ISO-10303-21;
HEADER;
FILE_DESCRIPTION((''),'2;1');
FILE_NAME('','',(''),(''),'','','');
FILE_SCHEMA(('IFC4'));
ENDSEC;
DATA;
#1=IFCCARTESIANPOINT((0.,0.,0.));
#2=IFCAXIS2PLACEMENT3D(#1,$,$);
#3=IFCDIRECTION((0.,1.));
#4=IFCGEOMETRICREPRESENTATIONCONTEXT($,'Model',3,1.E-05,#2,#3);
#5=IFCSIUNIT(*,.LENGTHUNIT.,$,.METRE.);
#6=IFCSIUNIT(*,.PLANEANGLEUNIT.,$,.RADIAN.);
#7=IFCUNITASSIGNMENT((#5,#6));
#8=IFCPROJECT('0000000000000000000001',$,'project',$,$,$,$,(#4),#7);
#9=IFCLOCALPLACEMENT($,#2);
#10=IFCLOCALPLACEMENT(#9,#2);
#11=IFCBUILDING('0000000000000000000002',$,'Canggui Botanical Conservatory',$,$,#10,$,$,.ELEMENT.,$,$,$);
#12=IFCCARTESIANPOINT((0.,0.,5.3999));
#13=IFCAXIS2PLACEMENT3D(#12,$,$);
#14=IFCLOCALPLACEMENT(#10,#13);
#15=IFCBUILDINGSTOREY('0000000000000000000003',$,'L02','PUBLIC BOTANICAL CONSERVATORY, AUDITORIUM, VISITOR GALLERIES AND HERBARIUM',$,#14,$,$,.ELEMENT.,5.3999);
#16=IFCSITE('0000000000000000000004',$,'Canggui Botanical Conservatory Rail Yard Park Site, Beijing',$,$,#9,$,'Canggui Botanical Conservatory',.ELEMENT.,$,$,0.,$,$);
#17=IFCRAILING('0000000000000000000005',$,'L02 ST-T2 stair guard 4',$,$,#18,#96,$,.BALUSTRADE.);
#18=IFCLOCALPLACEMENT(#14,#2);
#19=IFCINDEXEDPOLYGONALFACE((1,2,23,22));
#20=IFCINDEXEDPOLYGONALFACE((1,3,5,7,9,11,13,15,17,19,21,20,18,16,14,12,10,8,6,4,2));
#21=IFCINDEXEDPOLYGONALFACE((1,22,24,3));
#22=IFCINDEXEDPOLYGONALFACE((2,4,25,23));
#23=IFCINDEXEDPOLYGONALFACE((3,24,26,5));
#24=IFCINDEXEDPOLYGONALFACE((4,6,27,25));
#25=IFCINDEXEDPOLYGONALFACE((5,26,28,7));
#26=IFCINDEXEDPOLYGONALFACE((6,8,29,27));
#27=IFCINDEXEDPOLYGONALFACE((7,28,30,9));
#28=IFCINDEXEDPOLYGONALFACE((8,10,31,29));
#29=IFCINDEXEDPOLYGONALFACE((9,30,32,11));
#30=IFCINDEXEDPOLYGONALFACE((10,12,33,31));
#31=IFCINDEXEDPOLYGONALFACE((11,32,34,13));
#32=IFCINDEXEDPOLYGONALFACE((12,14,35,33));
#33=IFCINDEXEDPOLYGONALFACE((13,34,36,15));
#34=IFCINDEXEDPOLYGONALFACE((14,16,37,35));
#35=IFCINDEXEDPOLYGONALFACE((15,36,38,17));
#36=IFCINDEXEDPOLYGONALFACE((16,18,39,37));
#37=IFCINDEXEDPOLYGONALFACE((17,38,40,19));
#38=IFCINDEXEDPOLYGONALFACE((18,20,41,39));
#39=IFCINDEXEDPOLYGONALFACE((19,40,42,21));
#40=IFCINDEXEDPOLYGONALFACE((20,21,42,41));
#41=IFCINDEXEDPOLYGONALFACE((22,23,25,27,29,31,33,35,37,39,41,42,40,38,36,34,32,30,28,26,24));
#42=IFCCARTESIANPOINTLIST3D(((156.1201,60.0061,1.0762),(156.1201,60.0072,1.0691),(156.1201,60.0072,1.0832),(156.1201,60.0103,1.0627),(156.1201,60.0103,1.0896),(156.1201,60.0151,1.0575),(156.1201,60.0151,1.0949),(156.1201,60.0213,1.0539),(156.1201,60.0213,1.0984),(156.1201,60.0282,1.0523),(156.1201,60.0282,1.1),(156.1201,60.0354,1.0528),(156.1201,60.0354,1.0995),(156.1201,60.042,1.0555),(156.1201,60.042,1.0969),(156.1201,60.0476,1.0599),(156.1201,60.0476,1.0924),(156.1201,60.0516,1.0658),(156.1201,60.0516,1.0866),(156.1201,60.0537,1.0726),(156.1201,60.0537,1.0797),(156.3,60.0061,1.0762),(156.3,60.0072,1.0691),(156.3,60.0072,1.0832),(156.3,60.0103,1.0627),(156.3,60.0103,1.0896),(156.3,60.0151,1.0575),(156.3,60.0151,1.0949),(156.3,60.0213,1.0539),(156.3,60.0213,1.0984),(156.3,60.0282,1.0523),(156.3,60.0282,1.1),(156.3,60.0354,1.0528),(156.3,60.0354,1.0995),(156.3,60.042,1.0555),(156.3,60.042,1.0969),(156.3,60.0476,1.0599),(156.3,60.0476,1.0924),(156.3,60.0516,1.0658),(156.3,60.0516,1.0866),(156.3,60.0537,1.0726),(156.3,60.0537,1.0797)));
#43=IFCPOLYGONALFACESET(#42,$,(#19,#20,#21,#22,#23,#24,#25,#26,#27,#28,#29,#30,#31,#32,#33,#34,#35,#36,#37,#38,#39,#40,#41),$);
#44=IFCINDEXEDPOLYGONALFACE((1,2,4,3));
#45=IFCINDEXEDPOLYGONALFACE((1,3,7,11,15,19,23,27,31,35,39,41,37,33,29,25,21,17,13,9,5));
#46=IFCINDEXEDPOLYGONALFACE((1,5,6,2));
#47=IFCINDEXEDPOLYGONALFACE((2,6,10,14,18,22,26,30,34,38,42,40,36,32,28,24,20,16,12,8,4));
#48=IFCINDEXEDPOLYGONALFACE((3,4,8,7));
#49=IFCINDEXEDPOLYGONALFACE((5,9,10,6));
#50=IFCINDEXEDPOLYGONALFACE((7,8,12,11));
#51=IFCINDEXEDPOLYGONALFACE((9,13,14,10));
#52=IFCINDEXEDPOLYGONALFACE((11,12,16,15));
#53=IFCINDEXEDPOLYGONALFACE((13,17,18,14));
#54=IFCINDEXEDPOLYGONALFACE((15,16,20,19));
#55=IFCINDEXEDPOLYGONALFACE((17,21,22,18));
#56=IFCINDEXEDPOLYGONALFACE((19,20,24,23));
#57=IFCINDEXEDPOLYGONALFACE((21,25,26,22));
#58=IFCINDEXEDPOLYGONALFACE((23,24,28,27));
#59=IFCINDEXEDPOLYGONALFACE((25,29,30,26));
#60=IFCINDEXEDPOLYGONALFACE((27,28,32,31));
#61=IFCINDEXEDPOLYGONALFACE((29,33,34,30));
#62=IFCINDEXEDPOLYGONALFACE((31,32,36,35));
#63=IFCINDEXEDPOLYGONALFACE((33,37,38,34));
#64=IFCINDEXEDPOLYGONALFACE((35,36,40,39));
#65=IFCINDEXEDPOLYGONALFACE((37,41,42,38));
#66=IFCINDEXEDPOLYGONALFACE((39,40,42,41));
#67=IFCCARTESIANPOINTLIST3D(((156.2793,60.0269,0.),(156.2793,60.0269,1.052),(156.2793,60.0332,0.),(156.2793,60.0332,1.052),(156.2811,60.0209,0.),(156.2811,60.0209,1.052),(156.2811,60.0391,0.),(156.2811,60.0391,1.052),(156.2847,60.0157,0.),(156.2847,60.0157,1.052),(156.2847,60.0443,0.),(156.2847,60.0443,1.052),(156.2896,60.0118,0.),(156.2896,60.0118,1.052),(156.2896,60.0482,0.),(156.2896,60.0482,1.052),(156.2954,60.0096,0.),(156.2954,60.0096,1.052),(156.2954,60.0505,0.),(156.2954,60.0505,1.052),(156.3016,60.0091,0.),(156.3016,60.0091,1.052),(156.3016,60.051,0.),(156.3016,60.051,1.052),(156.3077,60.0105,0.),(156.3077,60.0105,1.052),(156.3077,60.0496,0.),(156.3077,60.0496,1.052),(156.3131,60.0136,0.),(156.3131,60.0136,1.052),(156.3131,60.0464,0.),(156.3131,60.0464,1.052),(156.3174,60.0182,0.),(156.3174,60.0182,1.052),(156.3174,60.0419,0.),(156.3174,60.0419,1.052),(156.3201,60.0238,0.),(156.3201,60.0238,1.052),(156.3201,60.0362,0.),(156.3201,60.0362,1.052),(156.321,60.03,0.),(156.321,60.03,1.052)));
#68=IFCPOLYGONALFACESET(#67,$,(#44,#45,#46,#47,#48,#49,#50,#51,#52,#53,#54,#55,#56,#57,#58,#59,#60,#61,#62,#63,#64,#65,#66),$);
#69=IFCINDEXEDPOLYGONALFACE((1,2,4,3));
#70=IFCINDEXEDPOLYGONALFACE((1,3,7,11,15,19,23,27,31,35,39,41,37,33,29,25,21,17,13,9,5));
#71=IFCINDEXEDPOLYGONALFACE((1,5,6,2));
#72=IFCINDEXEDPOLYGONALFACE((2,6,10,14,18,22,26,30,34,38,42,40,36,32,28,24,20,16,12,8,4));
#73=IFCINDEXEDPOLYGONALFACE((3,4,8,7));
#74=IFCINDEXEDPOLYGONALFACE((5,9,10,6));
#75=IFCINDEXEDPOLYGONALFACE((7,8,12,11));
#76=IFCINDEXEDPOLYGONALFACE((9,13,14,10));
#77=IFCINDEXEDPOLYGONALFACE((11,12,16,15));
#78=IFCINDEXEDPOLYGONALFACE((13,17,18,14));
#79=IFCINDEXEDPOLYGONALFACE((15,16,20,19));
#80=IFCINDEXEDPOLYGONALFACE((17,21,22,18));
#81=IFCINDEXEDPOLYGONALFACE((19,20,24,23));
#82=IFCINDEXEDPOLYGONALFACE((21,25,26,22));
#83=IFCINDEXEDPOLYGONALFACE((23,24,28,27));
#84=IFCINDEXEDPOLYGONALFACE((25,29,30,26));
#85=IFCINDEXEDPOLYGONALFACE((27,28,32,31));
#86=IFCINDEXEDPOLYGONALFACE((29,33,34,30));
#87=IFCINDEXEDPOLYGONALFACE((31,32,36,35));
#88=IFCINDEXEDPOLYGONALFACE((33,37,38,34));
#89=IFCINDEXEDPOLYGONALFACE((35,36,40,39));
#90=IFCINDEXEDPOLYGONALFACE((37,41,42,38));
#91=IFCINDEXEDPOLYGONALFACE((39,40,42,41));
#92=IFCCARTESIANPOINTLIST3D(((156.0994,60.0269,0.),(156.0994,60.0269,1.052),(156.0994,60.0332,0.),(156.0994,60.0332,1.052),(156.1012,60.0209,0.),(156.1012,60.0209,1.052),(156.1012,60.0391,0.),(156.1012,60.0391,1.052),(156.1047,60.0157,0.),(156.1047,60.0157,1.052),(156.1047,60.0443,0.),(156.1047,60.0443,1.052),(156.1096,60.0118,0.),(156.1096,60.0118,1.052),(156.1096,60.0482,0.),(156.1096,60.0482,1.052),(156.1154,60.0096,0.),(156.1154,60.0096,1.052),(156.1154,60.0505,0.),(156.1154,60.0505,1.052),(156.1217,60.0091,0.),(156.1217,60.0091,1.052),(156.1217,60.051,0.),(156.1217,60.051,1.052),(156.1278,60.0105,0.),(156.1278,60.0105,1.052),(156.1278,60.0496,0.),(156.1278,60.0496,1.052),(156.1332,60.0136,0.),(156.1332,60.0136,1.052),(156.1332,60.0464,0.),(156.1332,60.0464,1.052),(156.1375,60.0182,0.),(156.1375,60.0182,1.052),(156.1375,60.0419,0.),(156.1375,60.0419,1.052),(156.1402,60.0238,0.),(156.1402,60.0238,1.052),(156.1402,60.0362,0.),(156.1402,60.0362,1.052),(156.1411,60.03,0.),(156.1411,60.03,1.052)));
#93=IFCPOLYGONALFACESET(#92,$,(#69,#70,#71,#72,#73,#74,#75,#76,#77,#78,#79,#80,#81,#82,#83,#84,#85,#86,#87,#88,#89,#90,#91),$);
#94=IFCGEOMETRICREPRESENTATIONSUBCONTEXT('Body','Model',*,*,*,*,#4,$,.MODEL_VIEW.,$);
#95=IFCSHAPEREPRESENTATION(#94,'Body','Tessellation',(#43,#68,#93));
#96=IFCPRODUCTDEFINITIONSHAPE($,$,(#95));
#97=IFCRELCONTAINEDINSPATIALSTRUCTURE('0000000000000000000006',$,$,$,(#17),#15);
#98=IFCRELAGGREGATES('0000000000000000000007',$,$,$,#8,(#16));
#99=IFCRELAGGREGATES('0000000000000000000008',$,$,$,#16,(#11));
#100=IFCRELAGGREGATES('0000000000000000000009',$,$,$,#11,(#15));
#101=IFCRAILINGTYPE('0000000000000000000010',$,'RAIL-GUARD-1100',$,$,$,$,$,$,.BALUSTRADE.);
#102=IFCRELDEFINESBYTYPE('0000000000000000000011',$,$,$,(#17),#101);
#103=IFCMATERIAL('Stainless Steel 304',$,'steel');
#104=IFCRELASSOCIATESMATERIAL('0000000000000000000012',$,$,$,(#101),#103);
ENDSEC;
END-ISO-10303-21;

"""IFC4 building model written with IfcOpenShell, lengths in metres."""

from ifc_helpers import new_model, si_unit, direction, frame, origin, origin_2d, place, context, subcontext, project, spatial, circle, extrude, material, type_object, element, save


model = new_model("IFC4")

# Units and contexts
model_context = context("Model", 3, precision=1e-05, world=origin(), true_north=direction((0.0, 1.0)))
body_context = subcontext(model_context, "Body", "Model", "MODEL_VIEW")
ifc_project = project(units=[si_unit("LENGTHUNIT", "METRE"), si_unit("PLANEANGLEUNIT", "RADIAN")], contexts=[model_context])

# Site, building, storey
site_placement = place(None, origin())
site = spatial("IfcSite", under=ifc_project, at=site_placement, Name="Canggui Botanical Conservatory Rail Yard Park Site, Beijing", LongName="Canggui Botanical Conservatory", CompositionType="ELEMENT", RefElevation=0.0)
building_placement = place(site_placement, origin())
building = spatial("IfcBuilding", under=site, at=building_placement, Name="Canggui Botanical Conservatory", CompositionType="ELEMENT")
storey_placement = place(building_placement, frame((0.0, 0.0, 5.3999)))
storey = spatial("IfcBuildingStorey", under=building, at=storey_placement, Name="L02", Description="PUBLIC BOTANICAL CONSERVATORY, AUDITORIUM, VISITOR GALLERIES AND HERBARIUM", CompositionType="ELEMENT", Elevation=5.3999)

# Shared definitions
ifc_material_1 = material(Name="Stainless Steel 304", Category="steel")

# Railing
railing_type_1 = type_object("IfcRailingType", Name="RAIL-GUARD-1100", PredefinedType="BALUSTRADE", material=ifc_material_1)
railing_1_placement = place(storey_placement, frame((156.3, 60.03, 0.0)))
element("IfcRailing", 1, at=railing_1_placement, inside=storey, type_object=railing_type_1, Name="L02 ST-T2 stair guard 4", PredefinedType="BALUSTRADE", context=body_context, shape_type="SweptSolid", body=[
    extrude(circle(Radius=0.0239, at=origin_2d()), frame((0.0, 0.0, 1.0762), z_axis=(-1.0, 0.0, 0.0), x_axis=(0.0, -1.0, 0.0)), (0.0, 0.0, 1.0), 0.1799),
    extrude(circle(Radius=0.021, at=origin_2d()), origin(), (0.0, 0.0, 1.0), 1.052),
    extrude(circle(Radius=0.021, at=origin_2d()), frame((-0.1799, 0.0, 0.0)), (0.0, 0.0, 1.0), 1.052),
])

save(model, "model.ifc")
